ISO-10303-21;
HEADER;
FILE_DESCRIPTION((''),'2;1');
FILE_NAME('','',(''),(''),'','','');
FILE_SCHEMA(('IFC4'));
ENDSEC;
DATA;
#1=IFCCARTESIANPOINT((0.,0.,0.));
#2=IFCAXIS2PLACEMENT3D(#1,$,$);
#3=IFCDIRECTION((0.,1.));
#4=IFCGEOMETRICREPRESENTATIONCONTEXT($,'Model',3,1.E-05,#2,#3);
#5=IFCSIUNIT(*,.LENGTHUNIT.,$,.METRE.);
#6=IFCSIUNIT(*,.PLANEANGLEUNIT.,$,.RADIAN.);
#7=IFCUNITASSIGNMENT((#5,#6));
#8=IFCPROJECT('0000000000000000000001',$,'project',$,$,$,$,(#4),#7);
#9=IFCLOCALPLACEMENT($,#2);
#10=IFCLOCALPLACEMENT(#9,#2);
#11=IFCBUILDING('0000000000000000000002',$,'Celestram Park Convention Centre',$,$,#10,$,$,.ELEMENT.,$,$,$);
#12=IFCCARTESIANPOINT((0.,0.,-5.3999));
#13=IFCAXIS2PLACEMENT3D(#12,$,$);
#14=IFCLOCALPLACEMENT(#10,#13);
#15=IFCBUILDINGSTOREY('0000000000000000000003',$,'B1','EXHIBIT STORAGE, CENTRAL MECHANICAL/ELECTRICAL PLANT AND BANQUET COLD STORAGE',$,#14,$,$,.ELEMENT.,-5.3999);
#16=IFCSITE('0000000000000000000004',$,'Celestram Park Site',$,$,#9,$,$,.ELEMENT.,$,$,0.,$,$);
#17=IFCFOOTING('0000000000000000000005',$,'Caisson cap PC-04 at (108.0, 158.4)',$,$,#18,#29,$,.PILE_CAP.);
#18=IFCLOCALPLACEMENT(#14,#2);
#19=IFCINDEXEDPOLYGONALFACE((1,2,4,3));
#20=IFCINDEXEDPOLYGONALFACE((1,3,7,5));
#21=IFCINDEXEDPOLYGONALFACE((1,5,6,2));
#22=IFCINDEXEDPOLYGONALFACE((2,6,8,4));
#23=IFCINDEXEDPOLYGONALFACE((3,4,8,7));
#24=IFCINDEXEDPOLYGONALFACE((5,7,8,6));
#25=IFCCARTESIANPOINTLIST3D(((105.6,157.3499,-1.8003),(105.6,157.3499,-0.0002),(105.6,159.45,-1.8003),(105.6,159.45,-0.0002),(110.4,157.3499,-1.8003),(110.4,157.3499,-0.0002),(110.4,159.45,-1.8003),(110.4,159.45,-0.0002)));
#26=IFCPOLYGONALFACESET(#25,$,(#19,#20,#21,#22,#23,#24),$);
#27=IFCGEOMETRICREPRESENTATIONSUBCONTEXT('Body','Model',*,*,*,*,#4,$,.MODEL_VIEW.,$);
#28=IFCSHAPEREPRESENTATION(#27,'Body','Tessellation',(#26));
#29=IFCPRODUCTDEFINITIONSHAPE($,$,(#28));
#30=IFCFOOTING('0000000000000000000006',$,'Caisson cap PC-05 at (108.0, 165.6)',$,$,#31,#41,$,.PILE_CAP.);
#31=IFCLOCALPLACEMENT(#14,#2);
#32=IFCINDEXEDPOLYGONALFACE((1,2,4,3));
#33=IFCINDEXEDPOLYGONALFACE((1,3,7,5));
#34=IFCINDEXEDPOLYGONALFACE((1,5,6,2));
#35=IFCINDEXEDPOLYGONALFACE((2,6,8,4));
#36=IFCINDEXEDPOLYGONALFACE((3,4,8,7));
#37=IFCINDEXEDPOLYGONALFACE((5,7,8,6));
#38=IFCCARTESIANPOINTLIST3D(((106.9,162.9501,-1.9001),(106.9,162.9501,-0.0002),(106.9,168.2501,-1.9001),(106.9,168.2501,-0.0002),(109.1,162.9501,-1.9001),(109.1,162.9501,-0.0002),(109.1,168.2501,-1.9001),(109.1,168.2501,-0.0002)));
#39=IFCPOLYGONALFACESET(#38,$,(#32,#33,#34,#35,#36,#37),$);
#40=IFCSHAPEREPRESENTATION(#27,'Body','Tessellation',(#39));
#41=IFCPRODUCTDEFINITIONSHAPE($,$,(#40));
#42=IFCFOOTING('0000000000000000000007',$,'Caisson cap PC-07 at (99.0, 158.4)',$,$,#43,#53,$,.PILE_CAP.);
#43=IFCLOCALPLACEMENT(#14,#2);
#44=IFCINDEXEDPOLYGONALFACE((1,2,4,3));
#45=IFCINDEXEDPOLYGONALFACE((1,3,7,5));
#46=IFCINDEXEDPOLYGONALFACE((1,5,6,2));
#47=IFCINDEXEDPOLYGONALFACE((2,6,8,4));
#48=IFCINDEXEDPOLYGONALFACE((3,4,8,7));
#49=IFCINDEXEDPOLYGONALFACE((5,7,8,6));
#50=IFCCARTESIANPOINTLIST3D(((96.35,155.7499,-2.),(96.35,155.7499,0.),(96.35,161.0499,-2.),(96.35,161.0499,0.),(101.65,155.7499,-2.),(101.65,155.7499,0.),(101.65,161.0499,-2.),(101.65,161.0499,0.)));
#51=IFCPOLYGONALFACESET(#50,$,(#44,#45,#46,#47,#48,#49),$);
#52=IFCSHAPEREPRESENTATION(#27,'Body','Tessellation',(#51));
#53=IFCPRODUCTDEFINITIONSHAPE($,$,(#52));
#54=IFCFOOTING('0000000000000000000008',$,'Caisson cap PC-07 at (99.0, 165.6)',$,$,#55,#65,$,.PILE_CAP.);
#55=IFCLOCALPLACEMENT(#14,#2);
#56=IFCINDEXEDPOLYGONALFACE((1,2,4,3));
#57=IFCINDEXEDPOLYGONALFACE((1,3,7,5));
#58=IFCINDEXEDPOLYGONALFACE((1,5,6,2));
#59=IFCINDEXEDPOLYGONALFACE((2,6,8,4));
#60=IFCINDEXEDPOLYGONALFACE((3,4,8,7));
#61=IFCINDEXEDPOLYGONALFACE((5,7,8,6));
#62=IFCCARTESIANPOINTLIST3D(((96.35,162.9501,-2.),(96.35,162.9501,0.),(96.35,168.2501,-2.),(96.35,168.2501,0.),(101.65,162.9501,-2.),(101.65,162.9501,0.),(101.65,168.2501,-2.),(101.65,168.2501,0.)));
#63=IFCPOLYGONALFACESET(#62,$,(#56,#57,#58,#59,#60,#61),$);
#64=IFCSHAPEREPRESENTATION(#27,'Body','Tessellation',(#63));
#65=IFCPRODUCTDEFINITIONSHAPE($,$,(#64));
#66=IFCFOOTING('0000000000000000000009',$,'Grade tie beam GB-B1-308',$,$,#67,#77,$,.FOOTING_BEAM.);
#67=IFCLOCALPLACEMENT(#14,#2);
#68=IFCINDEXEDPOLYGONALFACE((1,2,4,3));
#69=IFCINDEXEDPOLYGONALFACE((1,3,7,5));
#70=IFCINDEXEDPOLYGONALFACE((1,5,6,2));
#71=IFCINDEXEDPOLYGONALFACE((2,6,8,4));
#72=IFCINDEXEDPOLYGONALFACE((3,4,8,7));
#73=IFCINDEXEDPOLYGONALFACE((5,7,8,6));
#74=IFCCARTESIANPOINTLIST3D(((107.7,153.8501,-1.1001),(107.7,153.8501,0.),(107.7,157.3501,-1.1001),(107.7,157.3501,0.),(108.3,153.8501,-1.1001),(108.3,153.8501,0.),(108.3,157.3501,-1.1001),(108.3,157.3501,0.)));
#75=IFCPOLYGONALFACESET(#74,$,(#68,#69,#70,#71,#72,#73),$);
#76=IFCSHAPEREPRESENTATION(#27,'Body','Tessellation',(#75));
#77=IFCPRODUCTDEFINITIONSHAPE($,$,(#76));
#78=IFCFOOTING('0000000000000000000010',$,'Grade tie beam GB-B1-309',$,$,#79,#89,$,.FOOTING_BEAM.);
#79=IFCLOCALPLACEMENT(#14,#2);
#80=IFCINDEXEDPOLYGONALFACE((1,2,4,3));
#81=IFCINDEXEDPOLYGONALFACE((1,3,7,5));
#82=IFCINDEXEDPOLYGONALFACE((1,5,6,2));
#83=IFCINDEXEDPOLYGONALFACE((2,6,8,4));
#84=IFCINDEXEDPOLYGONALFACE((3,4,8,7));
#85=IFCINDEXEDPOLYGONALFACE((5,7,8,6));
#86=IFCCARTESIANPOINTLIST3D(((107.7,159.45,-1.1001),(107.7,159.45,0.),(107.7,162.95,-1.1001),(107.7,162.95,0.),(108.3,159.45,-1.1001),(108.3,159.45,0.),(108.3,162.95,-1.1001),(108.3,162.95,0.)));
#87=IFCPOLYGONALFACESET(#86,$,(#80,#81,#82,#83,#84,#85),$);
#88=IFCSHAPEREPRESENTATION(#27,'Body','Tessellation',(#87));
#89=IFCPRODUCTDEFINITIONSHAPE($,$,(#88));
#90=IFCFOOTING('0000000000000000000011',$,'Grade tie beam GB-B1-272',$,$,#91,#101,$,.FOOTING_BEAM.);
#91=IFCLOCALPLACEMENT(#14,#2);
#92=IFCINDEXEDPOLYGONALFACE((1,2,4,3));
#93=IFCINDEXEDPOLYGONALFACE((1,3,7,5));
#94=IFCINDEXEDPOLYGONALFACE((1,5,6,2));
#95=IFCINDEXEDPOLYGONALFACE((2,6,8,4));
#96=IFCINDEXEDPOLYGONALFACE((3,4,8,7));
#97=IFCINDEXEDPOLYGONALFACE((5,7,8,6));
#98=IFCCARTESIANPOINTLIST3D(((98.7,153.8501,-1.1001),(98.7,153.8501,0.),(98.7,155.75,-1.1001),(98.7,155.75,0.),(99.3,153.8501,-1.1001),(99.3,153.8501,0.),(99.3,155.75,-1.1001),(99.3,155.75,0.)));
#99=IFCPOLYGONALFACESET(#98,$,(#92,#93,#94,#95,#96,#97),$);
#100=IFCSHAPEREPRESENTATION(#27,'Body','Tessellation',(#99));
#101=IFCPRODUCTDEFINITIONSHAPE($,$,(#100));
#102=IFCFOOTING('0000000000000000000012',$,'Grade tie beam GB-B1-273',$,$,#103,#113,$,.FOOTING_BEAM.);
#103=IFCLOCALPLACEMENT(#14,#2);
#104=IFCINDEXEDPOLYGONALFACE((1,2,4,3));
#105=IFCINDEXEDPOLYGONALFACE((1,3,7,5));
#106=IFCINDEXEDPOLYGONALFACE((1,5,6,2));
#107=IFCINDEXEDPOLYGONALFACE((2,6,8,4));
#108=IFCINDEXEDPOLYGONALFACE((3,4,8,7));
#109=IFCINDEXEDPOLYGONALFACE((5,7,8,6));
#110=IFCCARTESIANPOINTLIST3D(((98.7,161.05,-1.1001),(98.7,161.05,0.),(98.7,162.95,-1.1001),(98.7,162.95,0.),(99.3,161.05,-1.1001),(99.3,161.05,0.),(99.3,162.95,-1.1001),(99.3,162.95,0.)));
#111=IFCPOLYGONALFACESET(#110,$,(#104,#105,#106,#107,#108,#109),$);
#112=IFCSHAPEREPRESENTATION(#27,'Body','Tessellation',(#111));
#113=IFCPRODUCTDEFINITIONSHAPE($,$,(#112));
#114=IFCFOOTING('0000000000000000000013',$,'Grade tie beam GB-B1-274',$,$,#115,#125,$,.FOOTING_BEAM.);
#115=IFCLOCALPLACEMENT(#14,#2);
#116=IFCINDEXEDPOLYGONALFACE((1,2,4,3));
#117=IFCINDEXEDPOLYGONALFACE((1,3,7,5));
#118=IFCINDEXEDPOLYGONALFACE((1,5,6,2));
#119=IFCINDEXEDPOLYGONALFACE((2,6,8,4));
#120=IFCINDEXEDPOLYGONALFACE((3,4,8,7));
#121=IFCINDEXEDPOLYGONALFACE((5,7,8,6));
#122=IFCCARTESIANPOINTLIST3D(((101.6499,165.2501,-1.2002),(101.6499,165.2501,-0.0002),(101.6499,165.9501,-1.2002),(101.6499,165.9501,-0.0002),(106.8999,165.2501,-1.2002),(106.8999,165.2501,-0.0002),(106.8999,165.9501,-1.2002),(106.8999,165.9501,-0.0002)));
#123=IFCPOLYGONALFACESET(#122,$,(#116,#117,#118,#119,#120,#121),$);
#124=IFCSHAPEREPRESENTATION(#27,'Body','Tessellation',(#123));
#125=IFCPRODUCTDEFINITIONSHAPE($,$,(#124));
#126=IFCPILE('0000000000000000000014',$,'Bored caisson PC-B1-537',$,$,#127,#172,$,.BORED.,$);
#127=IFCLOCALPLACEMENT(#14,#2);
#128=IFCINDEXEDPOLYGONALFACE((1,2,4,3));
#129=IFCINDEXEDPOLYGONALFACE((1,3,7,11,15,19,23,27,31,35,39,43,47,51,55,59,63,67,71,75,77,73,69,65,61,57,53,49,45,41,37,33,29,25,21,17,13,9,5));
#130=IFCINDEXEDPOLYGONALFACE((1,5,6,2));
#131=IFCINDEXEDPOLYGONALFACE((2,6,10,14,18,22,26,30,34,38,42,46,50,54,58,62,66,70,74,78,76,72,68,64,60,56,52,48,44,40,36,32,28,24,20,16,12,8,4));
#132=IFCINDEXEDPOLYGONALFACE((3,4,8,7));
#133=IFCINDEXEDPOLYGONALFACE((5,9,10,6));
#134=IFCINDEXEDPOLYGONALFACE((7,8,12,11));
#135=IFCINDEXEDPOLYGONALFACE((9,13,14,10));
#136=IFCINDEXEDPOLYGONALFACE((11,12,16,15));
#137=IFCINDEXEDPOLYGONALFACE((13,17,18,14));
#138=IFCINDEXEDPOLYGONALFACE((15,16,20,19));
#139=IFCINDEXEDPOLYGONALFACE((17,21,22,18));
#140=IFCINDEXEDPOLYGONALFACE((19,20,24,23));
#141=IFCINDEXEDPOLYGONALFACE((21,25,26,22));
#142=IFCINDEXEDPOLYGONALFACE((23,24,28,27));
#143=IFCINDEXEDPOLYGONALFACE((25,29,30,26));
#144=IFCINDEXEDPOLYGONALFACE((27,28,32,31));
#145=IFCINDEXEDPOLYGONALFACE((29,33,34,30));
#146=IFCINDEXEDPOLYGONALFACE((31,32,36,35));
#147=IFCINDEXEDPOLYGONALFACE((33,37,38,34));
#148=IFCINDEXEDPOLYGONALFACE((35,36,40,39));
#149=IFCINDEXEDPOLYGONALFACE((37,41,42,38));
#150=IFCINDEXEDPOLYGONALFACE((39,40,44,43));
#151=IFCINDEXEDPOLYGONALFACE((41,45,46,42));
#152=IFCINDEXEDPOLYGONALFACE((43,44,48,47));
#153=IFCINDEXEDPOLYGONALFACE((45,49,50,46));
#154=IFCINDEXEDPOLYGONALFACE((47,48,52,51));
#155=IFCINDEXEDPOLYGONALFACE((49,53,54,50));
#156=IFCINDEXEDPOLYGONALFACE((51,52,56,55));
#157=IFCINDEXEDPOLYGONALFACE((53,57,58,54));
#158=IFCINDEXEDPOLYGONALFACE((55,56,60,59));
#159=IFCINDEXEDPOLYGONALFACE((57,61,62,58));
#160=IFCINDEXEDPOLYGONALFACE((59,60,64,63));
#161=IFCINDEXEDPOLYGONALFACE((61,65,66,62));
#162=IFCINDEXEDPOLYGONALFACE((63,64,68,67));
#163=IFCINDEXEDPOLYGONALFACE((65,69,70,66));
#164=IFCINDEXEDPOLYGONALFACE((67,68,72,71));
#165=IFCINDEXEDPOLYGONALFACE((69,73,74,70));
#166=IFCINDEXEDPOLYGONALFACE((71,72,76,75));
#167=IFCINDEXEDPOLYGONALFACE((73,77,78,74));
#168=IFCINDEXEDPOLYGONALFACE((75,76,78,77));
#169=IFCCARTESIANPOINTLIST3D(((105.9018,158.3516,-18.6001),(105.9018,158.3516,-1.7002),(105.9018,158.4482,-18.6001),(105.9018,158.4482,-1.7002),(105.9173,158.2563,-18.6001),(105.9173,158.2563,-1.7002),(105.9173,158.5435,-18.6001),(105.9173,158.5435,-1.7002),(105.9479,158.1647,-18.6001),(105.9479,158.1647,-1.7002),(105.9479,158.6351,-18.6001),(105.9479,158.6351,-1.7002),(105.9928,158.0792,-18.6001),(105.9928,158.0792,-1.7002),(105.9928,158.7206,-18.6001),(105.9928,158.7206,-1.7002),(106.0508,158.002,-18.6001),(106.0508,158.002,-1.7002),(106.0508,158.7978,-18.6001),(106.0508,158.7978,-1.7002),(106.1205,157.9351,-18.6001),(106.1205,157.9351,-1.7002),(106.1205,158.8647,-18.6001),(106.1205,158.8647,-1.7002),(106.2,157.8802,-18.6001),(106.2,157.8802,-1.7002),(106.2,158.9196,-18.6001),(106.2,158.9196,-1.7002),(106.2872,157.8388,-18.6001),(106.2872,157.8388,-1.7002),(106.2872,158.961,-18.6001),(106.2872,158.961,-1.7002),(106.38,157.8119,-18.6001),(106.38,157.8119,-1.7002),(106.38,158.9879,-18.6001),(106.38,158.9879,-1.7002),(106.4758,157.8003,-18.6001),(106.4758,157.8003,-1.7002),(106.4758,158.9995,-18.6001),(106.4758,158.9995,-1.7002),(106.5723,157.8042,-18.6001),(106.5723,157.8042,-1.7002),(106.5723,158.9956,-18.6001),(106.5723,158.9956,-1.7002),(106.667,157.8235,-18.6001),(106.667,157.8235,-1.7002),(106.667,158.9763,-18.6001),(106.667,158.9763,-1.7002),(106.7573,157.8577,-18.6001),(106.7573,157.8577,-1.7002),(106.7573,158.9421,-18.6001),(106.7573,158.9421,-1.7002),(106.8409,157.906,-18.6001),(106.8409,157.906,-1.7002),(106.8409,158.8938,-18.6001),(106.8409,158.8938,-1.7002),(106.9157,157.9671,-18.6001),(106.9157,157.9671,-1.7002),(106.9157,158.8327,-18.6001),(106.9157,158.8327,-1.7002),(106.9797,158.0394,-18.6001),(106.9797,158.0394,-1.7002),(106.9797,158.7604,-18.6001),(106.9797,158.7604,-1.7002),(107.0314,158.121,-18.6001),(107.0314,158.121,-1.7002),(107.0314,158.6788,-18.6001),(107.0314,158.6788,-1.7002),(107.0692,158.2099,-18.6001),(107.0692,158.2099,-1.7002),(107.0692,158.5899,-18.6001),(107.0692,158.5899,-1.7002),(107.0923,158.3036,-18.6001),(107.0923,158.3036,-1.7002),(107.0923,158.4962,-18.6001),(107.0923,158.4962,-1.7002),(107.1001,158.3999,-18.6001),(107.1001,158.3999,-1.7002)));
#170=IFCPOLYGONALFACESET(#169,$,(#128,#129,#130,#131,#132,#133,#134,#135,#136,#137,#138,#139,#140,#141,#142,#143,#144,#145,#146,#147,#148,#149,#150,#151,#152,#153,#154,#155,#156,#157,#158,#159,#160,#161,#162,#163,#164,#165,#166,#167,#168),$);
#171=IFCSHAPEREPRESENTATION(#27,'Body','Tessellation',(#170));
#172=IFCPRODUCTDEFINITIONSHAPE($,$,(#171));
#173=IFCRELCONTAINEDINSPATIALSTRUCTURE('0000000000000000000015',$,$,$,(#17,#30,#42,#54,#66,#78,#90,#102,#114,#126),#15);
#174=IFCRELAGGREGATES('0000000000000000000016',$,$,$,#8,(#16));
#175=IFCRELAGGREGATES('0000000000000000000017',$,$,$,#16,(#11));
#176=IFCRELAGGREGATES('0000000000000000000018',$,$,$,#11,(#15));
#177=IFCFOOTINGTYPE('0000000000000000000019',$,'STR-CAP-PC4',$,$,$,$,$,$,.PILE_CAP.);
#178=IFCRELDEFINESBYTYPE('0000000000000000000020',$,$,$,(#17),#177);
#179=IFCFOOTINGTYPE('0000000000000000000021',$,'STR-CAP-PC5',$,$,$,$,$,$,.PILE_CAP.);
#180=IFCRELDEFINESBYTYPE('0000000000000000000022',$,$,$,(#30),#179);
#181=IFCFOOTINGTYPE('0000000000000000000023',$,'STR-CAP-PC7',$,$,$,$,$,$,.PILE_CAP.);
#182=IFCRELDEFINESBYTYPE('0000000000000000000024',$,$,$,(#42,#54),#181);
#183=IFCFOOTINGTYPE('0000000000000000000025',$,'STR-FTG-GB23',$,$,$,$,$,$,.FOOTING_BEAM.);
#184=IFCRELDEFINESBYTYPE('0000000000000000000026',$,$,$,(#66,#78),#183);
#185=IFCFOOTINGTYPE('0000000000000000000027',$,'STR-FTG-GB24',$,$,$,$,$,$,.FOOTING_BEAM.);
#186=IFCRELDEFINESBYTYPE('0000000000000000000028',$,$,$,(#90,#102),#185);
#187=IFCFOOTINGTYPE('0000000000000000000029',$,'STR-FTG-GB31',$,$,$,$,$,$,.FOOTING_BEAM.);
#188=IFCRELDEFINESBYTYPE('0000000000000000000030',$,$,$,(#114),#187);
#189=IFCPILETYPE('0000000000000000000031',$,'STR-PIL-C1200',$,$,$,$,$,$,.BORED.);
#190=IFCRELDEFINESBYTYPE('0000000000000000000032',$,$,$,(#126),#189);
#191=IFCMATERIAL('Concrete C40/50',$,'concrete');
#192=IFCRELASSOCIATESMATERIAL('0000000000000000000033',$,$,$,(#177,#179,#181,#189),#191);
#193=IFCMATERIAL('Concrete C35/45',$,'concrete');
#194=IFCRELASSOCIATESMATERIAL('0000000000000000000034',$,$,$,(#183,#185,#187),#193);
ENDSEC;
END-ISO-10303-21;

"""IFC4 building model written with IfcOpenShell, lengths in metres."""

from ifc_helpers import new_model, si_unit, direction, frame, origin, origin_2d, place, context, subcontext, project, spatial, rectangle, circle, extrude, material, material_profile, profile_set, type_object, element, save


model = new_model("IFC4")

# Units and contexts
model_context = context("Model", 3, precision=1e-05, world=origin(), true_north=direction((0.0, 1.0)))
body_context = subcontext(model_context, "Body", "Model", "MODEL_VIEW")
ifc_project = project(units=[si_unit("LENGTHUNIT", "METRE"), si_unit("PLANEANGLEUNIT", "RADIAN")], contexts=[model_context])

# Site, building, storey
site_placement = place(None, origin())
site = spatial("IfcSite", under=ifc_project, at=site_placement, Name="Celestram Park Site", CompositionType="ELEMENT", RefElevation=0.0)
building_placement = place(site_placement, origin())
building = spatial("IfcBuilding", under=site, at=building_placement, Name="Celestram Park Convention Centre", CompositionType="ELEMENT")
storey_placement = place(building_placement, frame((0.0, 0.0, -5.3999)))
storey = spatial("IfcBuildingStorey", under=building, at=storey_placement, Name="B1", Description="EXHIBIT STORAGE, CENTRAL MECHANICAL/ELECTRICAL PLANT AND BANQUET COLD STORAGE", CompositionType="ELEMENT", Elevation=-5.3999)

# Footings
ifc_material_1 = material(Name="Concrete C40/50", Category="concrete")
footing_type_1 = type_object("IfcFootingType", Name="STR-CAP-PC4", PredefinedType="PILE_CAP", material=ifc_material_1)
footing_1_placement = place(storey_placement, frame((108.0, 158.3999, -1.8003), z_axis=(0.0, 0.0, 1.0), x_axis=(1.0, 0.0, 0.0)))
element("IfcFooting", 1, at=footing_1_placement, inside=storey, type_object=footing_type_1, Name="Caisson cap PC-04 at (108.0, 158.4)", PredefinedType="PILE_CAP", context=body_context, shape_type="SweptSolid", body=[
    extrude(rectangle(XDim=4.8, YDim=2.1001, at=origin_2d()), origin(), (0.0, 0.0, 1.0), 1.8),
])
footing_type_2 = type_object("IfcFootingType", Name="STR-CAP-PC5", PredefinedType="PILE_CAP", material=ifc_material_1)
footing_2_placement = place(storey_placement, frame((108.0, 165.6001, -1.9001), z_axis=(0.0, 0.0, 1.0), x_axis=(1.0, 0.0, 0.0)))
element("IfcFooting", 2, at=footing_2_placement, inside=storey, type_object=footing_type_2, Name="Caisson cap PC-05 at (108.0, 165.6)", PredefinedType="PILE_CAP", context=body_context, shape_type="SweptSolid", body=[
    extrude(rectangle(XDim=2.2, YDim=5.3, at=origin_2d()), origin(), (0.0, 0.0, 1.0), 1.8999),
])
footing_type_3 = type_object("IfcFootingType", Name="STR-CAP-PC7", PredefinedType="PILE_CAP", material=ifc_material_1)
for number, where, z_axis, x_axis, name in (
    (3, (99.0, 158.3999, -2.0), (0.0, 0.0, 1.0), (1.0, 0.0, 0.0), "Caisson cap PC-07 at (99.0, 158.4)"),
    (4, (99.0, 165.6001, -2.0), (0.0, 0.0, 1.0), (1.0, 0.0, 0.0), "Caisson cap PC-07 at (99.0, 165.6)"),
):
    element("IfcFooting", number, at=place(storey_placement, frame(where, z_axis=z_axis, x_axis=x_axis)), inside=storey, type_object=footing_type_3, Name=name, PredefinedType="PILE_CAP", context=body_context, shape_type="SweptSolid", body=[
        extrude(rectangle(XDim=5.3, YDim=5.3, at=origin_2d()), origin(), (0.0, 0.0, 1.0), 2.0),
    ])
ifc_material_2 = material(Name="Concrete C35/45", Category="concrete")
footing_type_4 = type_object("IfcFootingType", Name="STR-FTG-GB23", PredefinedType="FOOTING_BEAM", material=ifc_material_2)
for number, where, z_axis, x_axis, name in (
    (5, (108.0, 155.6001, -1.1001), (0.0, 0.0, 1.0), (0.0, 1.0, 0.0), "Grade tie beam GB-B1-308"),
    (6, (108.0, 161.2, -1.1001), (0.0, 0.0, 1.0), (0.0, 1.0, 0.0), "Grade tie beam GB-B1-309"),
):
    element("IfcFooting", number, at=place(storey_placement, frame(where, z_axis=z_axis, x_axis=x_axis)), inside=storey, type_object=footing_type_4, Name=name, PredefinedType="FOOTING_BEAM", context=body_context, shape_type="SweptSolid", body=[
        extrude(rectangle(XDim=3.5, YDim=0.6001, at=origin_2d()), origin(), (0.0, 0.0, 1.0), 1.1001),
    ])
footing_type_5 = type_object("IfcFootingType", Name="STR-FTG-GB24", PredefinedType="FOOTING_BEAM", material=ifc_material_2)
for number, where, z_axis, x_axis, name in (
    (7, (99.0, 154.8, -1.1001), (0.0, 0.0, 1.0), (0.0, 1.0, 0.0), "Grade tie beam GB-B1-272"),
    (8, (99.0, 162.0, -1.1001), (0.0, 0.0, 1.0), (0.0, 1.0, 0.0), "Grade tie beam GB-B1-273"),
):
    element("IfcFooting", number, at=place(storey_placement, frame(where, z_axis=z_axis, x_axis=x_axis)), inside=storey, type_object=footing_type_5, Name=name, PredefinedType="FOOTING_BEAM", context=body_context, shape_type="SweptSolid", body=[
        extrude(rectangle(XDim=1.8999, YDim=0.6001, at=origin_2d()), origin(), (0.0, 0.0, 1.0), 1.1001),
    ])
footing_type_6 = type_object("IfcFootingType", Name="STR-FTG-GB31", PredefinedType="FOOTING_BEAM", material=ifc_material_2)
footing_3_placement = place(storey_placement, frame((104.2749, 165.6001, -1.2002), z_axis=(0.0, 0.0, 1.0), x_axis=(1.0, 0.0, 0.0)))
element("IfcFooting", 9, at=footing_3_placement, inside=storey, type_object=footing_type_6, Name="Grade tie beam GB-B1-274", PredefinedType="FOOTING_BEAM", context=body_context, shape_type="SweptSolid", body=[
    extrude(rectangle(XDim=5.25, YDim=0.7, at=origin_2d()), origin(), (0.0, 0.0, 1.0), 1.2),
])

# Pile
ifc_material_profile_1 = material_profile(ifc_material_1, circle(Radius=0.6001, at=origin_2d()), Name="CAISSON1200")
ifc_profile_set_1 = profile_set([ifc_material_profile_1], Name="Concrete C40/50")
pile_type_1 = type_object("IfcPileType", Name="STR-PIL-C1200", PredefinedType="BORED", material=ifc_profile_set_1)
pile_placement = place(storey_placement, frame((106.5, 158.3999, -1.7002), z_axis=(0.0, 0.0, -1.0), x_axis=(1.0, 0.0, 0.0)))
element("IfcPile", 10, at=pile_placement, inside=storey, type_object=pile_type_1, Name="Bored caisson PC-B1-537", PredefinedType="BORED", context=body_context, shape_type="SweptSolid", body=[
    extrude(circle(Radius=0.6001, at=origin_2d()), origin(), (0.0, 0.0, 1.0), 16.8999),
])

save(model, "model.ifc")
